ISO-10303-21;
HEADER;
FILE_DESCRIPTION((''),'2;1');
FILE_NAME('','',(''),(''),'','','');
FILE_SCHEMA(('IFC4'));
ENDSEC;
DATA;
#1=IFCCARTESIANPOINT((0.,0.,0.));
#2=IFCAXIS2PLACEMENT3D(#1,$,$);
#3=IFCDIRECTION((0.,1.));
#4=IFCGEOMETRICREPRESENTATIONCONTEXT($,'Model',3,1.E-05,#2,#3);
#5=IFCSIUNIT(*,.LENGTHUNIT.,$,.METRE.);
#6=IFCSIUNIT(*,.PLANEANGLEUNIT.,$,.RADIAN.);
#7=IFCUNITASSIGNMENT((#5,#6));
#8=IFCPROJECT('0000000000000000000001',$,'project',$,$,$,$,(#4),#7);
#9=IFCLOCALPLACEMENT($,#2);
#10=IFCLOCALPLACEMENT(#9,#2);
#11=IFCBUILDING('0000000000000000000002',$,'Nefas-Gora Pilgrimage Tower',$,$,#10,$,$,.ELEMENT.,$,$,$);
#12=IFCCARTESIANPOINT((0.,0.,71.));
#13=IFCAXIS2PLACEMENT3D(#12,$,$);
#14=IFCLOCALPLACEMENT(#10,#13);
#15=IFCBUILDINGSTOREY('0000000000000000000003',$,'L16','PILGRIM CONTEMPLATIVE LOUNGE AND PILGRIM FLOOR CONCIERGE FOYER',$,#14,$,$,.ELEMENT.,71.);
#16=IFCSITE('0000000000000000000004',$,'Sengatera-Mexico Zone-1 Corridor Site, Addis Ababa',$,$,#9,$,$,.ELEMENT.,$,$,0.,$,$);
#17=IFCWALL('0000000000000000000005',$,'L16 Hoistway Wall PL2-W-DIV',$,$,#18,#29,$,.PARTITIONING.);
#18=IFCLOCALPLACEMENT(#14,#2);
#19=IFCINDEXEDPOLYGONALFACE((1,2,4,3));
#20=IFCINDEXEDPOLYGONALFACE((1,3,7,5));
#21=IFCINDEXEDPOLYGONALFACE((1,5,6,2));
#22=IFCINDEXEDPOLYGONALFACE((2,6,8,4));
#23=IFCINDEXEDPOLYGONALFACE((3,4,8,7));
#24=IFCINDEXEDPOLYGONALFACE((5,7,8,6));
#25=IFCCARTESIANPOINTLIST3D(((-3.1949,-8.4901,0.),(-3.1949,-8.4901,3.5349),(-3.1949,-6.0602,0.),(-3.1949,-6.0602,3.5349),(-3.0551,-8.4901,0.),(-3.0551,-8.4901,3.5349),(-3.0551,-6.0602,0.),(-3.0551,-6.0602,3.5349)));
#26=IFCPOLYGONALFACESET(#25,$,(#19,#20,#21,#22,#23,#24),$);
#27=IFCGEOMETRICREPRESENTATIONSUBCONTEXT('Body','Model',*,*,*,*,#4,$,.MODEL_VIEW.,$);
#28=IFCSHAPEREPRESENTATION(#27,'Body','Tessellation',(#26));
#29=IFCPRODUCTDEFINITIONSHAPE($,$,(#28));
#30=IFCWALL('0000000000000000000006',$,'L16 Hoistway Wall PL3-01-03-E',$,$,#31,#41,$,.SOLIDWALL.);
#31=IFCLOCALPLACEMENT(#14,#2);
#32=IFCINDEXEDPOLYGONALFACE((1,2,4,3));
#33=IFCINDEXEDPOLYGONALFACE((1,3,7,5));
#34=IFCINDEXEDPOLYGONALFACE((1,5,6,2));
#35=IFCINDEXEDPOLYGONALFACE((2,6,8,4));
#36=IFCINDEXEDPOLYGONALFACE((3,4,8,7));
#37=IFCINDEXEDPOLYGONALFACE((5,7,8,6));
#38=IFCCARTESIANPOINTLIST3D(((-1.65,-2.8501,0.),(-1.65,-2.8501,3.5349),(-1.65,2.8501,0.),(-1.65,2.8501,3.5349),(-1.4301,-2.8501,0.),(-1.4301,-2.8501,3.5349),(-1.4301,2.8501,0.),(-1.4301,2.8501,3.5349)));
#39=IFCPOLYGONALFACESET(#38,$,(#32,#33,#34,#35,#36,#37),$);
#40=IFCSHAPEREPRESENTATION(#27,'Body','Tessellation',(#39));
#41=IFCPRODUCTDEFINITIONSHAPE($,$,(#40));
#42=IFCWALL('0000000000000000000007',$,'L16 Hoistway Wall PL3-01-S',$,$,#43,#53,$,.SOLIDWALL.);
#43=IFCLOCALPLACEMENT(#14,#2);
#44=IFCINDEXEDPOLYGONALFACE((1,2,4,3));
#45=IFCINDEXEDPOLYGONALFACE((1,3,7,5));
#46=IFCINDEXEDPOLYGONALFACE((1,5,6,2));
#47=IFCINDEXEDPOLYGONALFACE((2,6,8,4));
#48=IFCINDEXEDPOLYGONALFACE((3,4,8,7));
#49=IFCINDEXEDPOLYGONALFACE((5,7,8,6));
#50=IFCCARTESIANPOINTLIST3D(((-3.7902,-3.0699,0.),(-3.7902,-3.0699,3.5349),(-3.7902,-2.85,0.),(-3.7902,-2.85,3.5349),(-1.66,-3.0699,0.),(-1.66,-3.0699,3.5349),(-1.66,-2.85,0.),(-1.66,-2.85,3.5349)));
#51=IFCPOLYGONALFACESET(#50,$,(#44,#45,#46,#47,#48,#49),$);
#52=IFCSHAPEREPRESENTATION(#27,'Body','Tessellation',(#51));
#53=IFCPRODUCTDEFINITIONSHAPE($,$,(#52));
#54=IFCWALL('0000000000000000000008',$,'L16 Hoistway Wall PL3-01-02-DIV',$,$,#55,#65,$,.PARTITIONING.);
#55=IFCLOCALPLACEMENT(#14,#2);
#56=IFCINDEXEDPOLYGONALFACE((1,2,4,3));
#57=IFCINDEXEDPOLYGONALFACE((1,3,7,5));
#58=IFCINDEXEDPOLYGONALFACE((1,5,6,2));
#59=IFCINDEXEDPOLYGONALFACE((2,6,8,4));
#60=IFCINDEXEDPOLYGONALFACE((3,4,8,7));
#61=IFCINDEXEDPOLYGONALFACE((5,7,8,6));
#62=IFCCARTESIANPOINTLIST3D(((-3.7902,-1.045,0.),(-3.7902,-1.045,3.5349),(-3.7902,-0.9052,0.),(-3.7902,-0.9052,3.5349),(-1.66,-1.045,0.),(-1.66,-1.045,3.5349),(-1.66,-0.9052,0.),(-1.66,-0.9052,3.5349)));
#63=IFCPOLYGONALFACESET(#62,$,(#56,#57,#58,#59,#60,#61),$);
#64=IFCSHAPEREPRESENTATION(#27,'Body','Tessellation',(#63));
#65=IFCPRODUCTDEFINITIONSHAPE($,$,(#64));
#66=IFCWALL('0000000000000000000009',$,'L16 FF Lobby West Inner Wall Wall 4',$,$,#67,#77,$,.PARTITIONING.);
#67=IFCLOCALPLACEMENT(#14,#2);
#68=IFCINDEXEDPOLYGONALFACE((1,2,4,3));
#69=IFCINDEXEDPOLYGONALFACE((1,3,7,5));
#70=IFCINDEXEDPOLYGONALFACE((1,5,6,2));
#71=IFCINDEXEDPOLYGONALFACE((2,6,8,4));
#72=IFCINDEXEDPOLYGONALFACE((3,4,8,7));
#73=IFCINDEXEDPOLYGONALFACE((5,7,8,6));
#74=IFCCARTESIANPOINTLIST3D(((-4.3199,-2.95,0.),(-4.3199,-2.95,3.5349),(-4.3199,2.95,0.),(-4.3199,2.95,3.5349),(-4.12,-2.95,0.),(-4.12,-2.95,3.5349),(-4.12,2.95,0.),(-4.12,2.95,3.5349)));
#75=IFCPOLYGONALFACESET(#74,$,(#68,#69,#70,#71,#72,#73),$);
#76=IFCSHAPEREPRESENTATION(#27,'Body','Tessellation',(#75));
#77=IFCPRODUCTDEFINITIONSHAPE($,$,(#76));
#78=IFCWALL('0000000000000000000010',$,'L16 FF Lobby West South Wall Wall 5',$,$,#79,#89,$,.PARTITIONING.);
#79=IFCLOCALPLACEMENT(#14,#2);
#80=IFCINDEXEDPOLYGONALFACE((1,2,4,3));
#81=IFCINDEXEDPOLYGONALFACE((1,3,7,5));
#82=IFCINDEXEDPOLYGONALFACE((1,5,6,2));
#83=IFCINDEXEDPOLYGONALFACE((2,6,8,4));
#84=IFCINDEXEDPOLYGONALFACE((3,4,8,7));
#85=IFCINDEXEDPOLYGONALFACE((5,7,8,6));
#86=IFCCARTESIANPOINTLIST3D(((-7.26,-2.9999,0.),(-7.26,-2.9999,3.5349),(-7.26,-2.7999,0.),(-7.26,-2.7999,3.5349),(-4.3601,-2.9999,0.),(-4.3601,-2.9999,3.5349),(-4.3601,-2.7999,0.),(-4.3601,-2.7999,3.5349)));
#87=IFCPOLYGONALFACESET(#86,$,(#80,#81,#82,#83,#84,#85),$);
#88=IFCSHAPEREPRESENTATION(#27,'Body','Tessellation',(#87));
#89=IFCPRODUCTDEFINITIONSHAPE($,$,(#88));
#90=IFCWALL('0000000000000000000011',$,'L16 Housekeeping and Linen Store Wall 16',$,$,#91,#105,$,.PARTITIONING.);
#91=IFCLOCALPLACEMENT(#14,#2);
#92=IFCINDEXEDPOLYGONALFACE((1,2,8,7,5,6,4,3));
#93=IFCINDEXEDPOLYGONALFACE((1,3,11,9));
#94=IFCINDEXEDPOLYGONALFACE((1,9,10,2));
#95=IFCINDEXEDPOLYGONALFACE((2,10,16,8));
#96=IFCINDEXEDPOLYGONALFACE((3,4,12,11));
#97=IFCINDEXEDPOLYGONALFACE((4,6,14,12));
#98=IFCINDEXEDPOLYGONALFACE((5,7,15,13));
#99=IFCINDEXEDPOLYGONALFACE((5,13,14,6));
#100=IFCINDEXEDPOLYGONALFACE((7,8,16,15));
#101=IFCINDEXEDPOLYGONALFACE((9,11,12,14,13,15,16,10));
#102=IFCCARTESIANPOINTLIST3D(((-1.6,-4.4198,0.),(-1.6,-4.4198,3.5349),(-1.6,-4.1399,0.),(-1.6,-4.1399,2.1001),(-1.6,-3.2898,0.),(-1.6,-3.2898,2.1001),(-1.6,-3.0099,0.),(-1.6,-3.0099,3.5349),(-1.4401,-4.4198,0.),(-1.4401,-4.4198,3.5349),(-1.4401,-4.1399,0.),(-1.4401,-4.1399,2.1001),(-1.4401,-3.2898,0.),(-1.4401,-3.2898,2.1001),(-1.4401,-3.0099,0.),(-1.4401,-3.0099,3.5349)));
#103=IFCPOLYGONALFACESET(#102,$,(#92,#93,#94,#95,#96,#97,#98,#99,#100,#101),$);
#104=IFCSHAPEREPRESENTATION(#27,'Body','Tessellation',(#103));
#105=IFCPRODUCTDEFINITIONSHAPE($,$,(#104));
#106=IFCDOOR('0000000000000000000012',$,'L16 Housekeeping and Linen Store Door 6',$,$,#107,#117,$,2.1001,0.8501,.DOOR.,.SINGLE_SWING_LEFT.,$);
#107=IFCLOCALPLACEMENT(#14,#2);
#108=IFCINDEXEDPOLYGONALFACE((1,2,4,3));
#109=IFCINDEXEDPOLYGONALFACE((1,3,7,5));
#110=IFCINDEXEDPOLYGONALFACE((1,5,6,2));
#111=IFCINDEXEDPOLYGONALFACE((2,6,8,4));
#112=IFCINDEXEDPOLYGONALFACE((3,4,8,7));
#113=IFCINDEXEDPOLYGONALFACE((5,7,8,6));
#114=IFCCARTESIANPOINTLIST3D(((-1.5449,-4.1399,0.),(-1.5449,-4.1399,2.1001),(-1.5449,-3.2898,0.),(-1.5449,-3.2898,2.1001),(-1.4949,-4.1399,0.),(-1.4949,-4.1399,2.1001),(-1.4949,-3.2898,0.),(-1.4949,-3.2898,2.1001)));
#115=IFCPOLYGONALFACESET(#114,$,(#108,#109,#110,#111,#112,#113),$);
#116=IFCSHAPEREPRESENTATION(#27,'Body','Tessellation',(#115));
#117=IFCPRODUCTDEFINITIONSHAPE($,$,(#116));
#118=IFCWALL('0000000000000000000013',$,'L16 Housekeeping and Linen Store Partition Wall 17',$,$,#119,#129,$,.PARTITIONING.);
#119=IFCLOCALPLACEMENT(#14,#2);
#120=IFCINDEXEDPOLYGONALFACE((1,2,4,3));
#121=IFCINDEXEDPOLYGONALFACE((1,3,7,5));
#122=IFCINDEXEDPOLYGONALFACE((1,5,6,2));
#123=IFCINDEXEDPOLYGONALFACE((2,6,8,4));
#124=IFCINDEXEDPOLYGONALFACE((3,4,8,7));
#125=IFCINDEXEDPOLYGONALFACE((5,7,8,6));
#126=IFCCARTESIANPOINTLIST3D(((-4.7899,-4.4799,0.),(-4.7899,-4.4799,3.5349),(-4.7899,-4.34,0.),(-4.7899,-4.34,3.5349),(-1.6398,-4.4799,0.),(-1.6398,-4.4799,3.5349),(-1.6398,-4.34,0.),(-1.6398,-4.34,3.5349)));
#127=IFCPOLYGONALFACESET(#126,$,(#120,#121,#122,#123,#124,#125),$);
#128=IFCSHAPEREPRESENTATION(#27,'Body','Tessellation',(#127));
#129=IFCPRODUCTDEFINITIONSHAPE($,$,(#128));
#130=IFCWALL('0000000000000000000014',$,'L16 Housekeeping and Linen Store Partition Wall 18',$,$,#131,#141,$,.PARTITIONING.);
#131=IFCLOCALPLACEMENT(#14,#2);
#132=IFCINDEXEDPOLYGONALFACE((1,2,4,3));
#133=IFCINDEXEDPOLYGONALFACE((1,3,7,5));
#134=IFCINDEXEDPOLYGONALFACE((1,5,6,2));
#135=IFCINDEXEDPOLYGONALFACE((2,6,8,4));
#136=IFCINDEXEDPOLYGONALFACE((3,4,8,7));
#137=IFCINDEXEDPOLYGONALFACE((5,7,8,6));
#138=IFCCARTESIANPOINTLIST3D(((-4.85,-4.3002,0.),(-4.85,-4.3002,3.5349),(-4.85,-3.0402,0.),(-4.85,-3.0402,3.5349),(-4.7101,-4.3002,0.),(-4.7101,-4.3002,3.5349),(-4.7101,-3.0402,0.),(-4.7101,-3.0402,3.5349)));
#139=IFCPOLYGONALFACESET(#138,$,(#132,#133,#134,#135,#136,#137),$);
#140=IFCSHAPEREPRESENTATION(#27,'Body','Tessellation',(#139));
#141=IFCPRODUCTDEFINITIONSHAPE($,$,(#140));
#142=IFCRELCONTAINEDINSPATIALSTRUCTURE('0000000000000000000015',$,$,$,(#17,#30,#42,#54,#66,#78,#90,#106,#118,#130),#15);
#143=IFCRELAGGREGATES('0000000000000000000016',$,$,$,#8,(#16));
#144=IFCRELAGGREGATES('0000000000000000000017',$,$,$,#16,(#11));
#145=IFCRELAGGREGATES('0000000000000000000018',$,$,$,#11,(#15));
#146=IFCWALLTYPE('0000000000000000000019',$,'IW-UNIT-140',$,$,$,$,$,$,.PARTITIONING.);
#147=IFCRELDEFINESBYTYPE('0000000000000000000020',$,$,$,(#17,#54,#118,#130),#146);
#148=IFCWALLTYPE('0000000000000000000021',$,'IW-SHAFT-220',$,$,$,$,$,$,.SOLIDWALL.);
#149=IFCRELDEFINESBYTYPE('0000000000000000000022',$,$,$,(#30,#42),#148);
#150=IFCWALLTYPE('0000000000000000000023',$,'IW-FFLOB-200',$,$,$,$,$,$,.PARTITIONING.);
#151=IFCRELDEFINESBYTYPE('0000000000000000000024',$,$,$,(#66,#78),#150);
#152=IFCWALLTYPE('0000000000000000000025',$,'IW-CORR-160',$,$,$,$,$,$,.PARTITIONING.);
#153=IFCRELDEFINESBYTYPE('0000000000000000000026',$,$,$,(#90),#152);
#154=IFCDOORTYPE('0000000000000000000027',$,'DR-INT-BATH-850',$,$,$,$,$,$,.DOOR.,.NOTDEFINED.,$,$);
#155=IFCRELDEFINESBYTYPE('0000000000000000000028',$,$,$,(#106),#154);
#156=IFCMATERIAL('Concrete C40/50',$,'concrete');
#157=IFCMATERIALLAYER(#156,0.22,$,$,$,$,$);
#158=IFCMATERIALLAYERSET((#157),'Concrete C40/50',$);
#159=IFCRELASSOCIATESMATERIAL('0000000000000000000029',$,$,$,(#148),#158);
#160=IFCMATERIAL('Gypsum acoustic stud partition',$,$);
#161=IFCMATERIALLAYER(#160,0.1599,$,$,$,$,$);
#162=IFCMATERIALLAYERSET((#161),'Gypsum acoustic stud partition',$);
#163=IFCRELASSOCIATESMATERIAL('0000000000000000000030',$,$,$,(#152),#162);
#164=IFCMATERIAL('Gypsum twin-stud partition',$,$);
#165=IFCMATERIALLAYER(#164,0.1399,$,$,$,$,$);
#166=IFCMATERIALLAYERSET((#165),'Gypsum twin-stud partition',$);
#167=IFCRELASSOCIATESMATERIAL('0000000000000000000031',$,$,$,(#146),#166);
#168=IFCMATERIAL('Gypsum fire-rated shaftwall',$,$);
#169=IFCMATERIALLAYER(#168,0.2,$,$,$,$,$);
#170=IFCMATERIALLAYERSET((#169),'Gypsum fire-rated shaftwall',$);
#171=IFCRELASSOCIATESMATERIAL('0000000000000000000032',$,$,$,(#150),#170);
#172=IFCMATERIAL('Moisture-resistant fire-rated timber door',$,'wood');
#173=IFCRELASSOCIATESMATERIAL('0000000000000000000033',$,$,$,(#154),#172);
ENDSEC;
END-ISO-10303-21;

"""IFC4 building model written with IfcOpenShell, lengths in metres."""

from ifc_helpers import new_model, si_unit, direction, frame, frame_2d, origin, place, context, subcontext, project, spatial, rectangle, extrude, source, transform, mapped, material, layer, layer_set, type_object, element, fill, save


model = new_model("IFC4")

# Units and contexts
model_context = context("Model", 3, precision=1e-05, world=origin(), true_north=direction((0.0, 1.0)))
body_context = subcontext(model_context, "Body", "Model", "MODEL_VIEW")
ifc_project = project(units=[si_unit("LENGTHUNIT", "METRE"), si_unit("PLANEANGLEUNIT", "RADIAN")], contexts=[model_context])

# Site, building, storey
site_placement = place(None, origin())
site = spatial("IfcSite", under=ifc_project, at=site_placement, Name="Sengatera-Mexico Zone-1 Corridor Site, Addis Ababa", CompositionType="ELEMENT", RefElevation=0.0)
building_placement = place(site_placement, origin())
building = spatial("IfcBuilding", under=site, at=building_placement, Name="Nefas-Gora Pilgrimage Tower", CompositionType="ELEMENT")
storey_placement = place(building_placement, frame((0.0, 0.0, 71.0)))
storey = spatial("IfcBuildingStorey", under=building, at=storey_placement, Name="L16", Description="PILGRIM CONTEMPLATIVE LOUNGE AND PILGRIM FLOOR CONCIERGE FOYER", CompositionType="ELEMENT", Elevation=71.0)

# Walls
ifc_material_1 = material(Name="Concrete C40/50", Category="concrete")
ifc_layer_1 = layer(ifc_material_1, 0.22)
ifc_layer_set_1 = layer_set([ifc_layer_1], Name="Concrete C40/50")
wall_type_1 = type_object("IfcWallType", Name="IW-SHAFT-220", PredefinedType="SOLIDWALL", material=ifc_layer_set_1)
ifc_material_2 = material(Name="Gypsum acoustic stud partition")
ifc_layer_2 = layer(ifc_material_2, 0.1599)
ifc_layer_set_2 = layer_set([ifc_layer_2], Name="Gypsum acoustic stud partition")
wall_type_2 = type_object("IfcWallType", Name="IW-CORR-160", PredefinedType="PARTITIONING", material=ifc_layer_set_2)
ifc_material_3 = material(Name="Gypsum twin-stud partition")
ifc_layer_3 = layer(ifc_material_3, 0.1399)
ifc_layer_set_3 = layer_set([ifc_layer_3], Name="Gypsum twin-stud partition")
wall_type_3 = type_object("IfcWallType", Name="IW-UNIT-140", PredefinedType="PARTITIONING", material=ifc_layer_set_3)
shared_shape_1 = source(origin(), body_context, "Body", "SweptSolid", [
    extrude(rectangle(XDim=2.4299, YDim=0.1399, at=frame_2d((1.2148, 0.0))), origin(), (0.0, 0.0, 1.0), 3.5349),
])
wall_1_placement = place(storey_placement, frame((-3.125, -8.49, 0.0), z_axis=(0.0, 0.0, 1.0), x_axis=(0.0, 1.0, 0.0)))
element("IfcWall", 1, at=wall_1_placement, inside=storey, type_object=wall_type_3, Name="L16 Hoistway Wall PL2-W-DIV", PredefinedType="PARTITIONING", context=body_context, shape_type="MappedRepresentation", body=[
    mapped(shared_shape_1, transform((0.0, 0.0, 0.0), x_axis=(1.0, 0.0, 0.0), y_axis=(0.0, 1.0, 0.0), z_axis=(0.0, 0.0, 1.0), scale=1.0)),
])
shared_shape_2 = source(origin(), body_context, "Body", "SweptSolid", [
    extrude(rectangle(XDim=5.7002, YDim=0.22, at=frame_2d((2.8501, 0.0))), origin(), (0.0, 0.0, 1.0), 3.5349),
])
wall_2_placement = place(storey_placement, frame((-1.54, -2.8501, 0.0), z_axis=(0.0, 0.0, 1.0), x_axis=(0.0, 1.0, 0.0)))
element("IfcWall", 2, at=wall_2_placement, inside=storey, type_object=wall_type_1, Name="L16 Hoistway Wall PL3-01-03-E", PredefinedType="SOLIDWALL", context=body_context, shape_type="MappedRepresentation", body=[
    mapped(shared_shape_2, transform((0.0, 0.0, 0.0), x_axis=(1.0, 0.0, 0.0), y_axis=(0.0, 1.0, 0.0), z_axis=(0.0, 0.0, 1.0), scale=1.0)),
])
shared_shape_3 = source(origin(), body_context, "Body", "SweptSolid", [
    extrude(rectangle(XDim=2.1301, YDim=0.22, at=frame_2d((1.0649, 0.0))), origin(), (0.0, 0.0, 1.0), 3.5349),
])
wall_3_placement = place(storey_placement, frame((-3.79, -2.96, 0.0), z_axis=(0.0, 0.0, 1.0), x_axis=(1.0, 0.0, 0.0)))
element("IfcWall", 3, at=wall_3_placement, inside=storey, type_object=wall_type_1, Name="L16 Hoistway Wall PL3-01-S", PredefinedType="SOLIDWALL", context=body_context, shape_type="MappedRepresentation", body=[
    mapped(shared_shape_3, transform((0.0, 0.0, 0.0), x_axis=(1.0, 0.0, 0.0), y_axis=(0.0, 1.0, 0.0), z_axis=(0.0, 0.0, 1.0), scale=1.0)),
])
shared_shape_4 = source(origin(), body_context, "Body", "SweptSolid", [
    extrude(rectangle(XDim=2.1301, YDim=0.1399, at=frame_2d((1.0649, 0.0))), origin(), (0.0, 0.0, 1.0), 3.5349),
])
wall_4_placement = place(storey_placement, frame((-3.79, -0.9751, 0.0), z_axis=(0.0, 0.0, 1.0), x_axis=(1.0, 0.0, 0.0)))
element("IfcWall", 4, at=wall_4_placement, inside=storey, type_object=wall_type_3, Name="L16 Hoistway Wall PL3-01-02-DIV", PredefinedType="PARTITIONING", context=body_context, shape_type="MappedRepresentation", body=[
    mapped(shared_shape_4, transform((0.0, 0.0, 0.0), x_axis=(1.0, 0.0, 0.0), y_axis=(0.0, 1.0, 0.0), z_axis=(0.0, 0.0, 1.0), scale=1.0)),
])
ifc_material_4 = material(Name="Gypsum fire-rated shaftwall")
ifc_layer_4 = layer(ifc_material_4, 0.2)
ifc_layer_set_4 = layer_set([ifc_layer_4], Name="Gypsum fire-rated shaftwall")
wall_type_4 = type_object("IfcWallType", Name="IW-FFLOB-200", PredefinedType="PARTITIONING", material=ifc_layer_set_4)
shared_shape_5 = source(origin(), body_context, "Body", "SweptSolid", [
    extrude(rectangle(XDim=5.8999, YDim=0.2, at=frame_2d((2.95, 0.0))), origin(), (0.0, 0.0, 1.0), 3.5349),
])
wall_5_placement = place(storey_placement, frame((-4.22, -2.95, 0.0), z_axis=(0.0, 0.0, 1.0), x_axis=(0.0, 1.0, 0.0)))
element("IfcWall", 5, at=wall_5_placement, inside=storey, type_object=wall_type_4, Name="L16 FF Lobby West Inner Wall Wall 4", PredefinedType="PARTITIONING", context=body_context, shape_type="MappedRepresentation", body=[
    mapped(shared_shape_5, transform((0.0, 0.0, 0.0), x_axis=(1.0, 0.0, 0.0), y_axis=(0.0, 1.0, 0.0), z_axis=(0.0, 0.0, 1.0), scale=1.0)),
])
shared_shape_6 = source(origin(), body_context, "Body", "SweptSolid", [
    extrude(rectangle(XDim=2.8999, YDim=0.2, at=frame_2d((1.45, 0.0))), origin(), (0.0, 0.0, 1.0), 3.5349),
])
wall_6_placement = place(storey_placement, frame((-7.26, -2.8999, 0.0), z_axis=(0.0, 0.0, 1.0), x_axis=(1.0, 0.0, 0.0)))
element("IfcWall", 6, at=wall_6_placement, inside=storey, type_object=wall_type_4, Name="L16 FF Lobby West South Wall Wall 5", PredefinedType="PARTITIONING", context=body_context, shape_type="MappedRepresentation", body=[
    mapped(shared_shape_6, transform((0.0, 0.0, 0.0), x_axis=(1.0, 0.0, 0.0), y_axis=(0.0, 1.0, 0.0), z_axis=(0.0, 0.0, 1.0), scale=1.0)),
])

# Wall, opening, door
shared_shape_7 = source(origin(), body_context, "Body", "SweptSolid", [
    extrude(rectangle(XDim=1.4099, YDim=0.1599, at=frame_2d((0.7051, 0.0))), origin(), (0.0, 0.0, 1.0), 3.5349),
])
wall_7_placement = place(storey_placement, frame((-1.52, -4.4199, 0.0), z_axis=(0.0, 0.0, 1.0), x_axis=(0.0, 1.0, 0.0)))
wall_7 = element("IfcWall", 7, at=wall_7_placement, inside=storey, type_object=wall_type_2, Name="L16 Housekeeping and Linen Store Wall 16", PredefinedType="PARTITIONING", context=body_context, shape_type="MappedRepresentation", body=[
    mapped(shared_shape_7, transform((0.0, 0.0, 0.0), x_axis=(1.0, 0.0, 0.0), y_axis=(0.0, 1.0, 0.0), z_axis=(0.0, 0.0, 1.0), scale=1.0)),
])
opening_1_placement = place(wall_7_placement, frame((0.28, 0.0, 0.0)))
opening_1 = element("IfcOpeningElement", 8, at=opening_1_placement, cuts=wall_7, PredefinedType="OPENING", context=body_context, shape_type="SweptSolid", body=[
    extrude(rectangle(XDim=0.8501, YDim=2.1001, at=frame_2d((0.425, 1.05))), frame((0.0, 0.0898, 0.0), z_axis=(0.0, -1.0, 0.0), x_axis=(1.0, 0.0, 0.0)), (0.0, 0.0, 1.0), 0.1799),
])
ifc_material_5 = material(Name="Moisture-resistant fire-rated timber door", Category="wood")
door_type_1 = type_object("IfcDoorType", Name="DR-INT-BATH-850", OperationType="NOTDEFINED", PredefinedType="DOOR", material=ifc_material_5)
shared_shape_8 = source(origin(), body_context, "Body", "SweptSolid", [
    extrude(rectangle(XDim=0.8501, YDim=2.1001, at=frame_2d((0.425, 1.05))), frame((0.0, 0.0249, 0.0), z_axis=(0.0, -1.0, 0.0), x_axis=(1.0, 0.0, 0.0)), (0.0, 0.0, 1.0), 0.05),
])
door_1_placement = place(opening_1_placement, origin())
door_1 = element("IfcDoor", 9, at=door_1_placement, inside=storey, type_object=door_type_1, Name="L16 Housekeeping and Linen Store Door 6", OperationType="SINGLE_SWING_LEFT", OverallHeight=2.1001, OverallWidth=0.8501, PredefinedType="DOOR", context=body_context, shape_type="MappedRepresentation", body=[
    mapped(shared_shape_8, transform((0.0, 0.0, 0.0), x_axis=(1.0, 0.0, 0.0), y_axis=(0.0, 1.0, 0.0), z_axis=(0.0, 0.0, 1.0), scale=1.0)),
])
fill(opening_1, door_1)

# Walls
shared_shape_9 = source(origin(), body_context, "Body", "SweptSolid", [
    extrude(rectangle(XDim=3.1501, YDim=0.1399, at=frame_2d((1.5752, 0.0))), origin(), (0.0, 0.0, 1.0), 3.5349),
])
wall_8_placement = place(storey_placement, frame((-4.79, -4.4099, 0.0), z_axis=(0.0, 0.0, 1.0), x_axis=(1.0, 0.0, 0.0)))
element("IfcWall", 10, at=wall_8_placement, inside=storey, type_object=wall_type_3, Name="L16 Housekeeping and Linen Store Partition Wall 17", PredefinedType="PARTITIONING", context=body_context, shape_type="MappedRepresentation", body=[
    mapped(shared_shape_9, transform((0.0, 0.0, 0.0), x_axis=(1.0, 0.0, 0.0), y_axis=(0.0, 1.0, 0.0), z_axis=(0.0, 0.0, 1.0), scale=1.0)),
])
shared_shape_10 = source(origin(), body_context, "Body", "SweptSolid", [
    extrude(rectangle(XDim=1.26, YDim=0.1399, at=frame_2d((0.6299, 0.0))), origin(), (0.0, 0.0, 1.0), 3.5349),
])
wall_9_placement = place(storey_placement, frame((-4.78, -4.3, 0.0), z_axis=(0.0, 0.0, 1.0), x_axis=(0.0, 1.0, 0.0)))
element("IfcWall", 11, at=wall_9_placement, inside=storey, type_object=wall_type_3, Name="L16 Housekeeping and Linen Store Partition Wall 18", PredefinedType="PARTITIONING", context=body_context, shape_type="MappedRepresentation", body=[
    mapped(shared_shape_10, transform((0.0, 0.0, 0.0), x_axis=(1.0, 0.0, 0.0), y_axis=(0.0, 1.0, 0.0), z_axis=(0.0, 0.0, 1.0), scale=1.0)),
])

save(model, "model.ifc")
